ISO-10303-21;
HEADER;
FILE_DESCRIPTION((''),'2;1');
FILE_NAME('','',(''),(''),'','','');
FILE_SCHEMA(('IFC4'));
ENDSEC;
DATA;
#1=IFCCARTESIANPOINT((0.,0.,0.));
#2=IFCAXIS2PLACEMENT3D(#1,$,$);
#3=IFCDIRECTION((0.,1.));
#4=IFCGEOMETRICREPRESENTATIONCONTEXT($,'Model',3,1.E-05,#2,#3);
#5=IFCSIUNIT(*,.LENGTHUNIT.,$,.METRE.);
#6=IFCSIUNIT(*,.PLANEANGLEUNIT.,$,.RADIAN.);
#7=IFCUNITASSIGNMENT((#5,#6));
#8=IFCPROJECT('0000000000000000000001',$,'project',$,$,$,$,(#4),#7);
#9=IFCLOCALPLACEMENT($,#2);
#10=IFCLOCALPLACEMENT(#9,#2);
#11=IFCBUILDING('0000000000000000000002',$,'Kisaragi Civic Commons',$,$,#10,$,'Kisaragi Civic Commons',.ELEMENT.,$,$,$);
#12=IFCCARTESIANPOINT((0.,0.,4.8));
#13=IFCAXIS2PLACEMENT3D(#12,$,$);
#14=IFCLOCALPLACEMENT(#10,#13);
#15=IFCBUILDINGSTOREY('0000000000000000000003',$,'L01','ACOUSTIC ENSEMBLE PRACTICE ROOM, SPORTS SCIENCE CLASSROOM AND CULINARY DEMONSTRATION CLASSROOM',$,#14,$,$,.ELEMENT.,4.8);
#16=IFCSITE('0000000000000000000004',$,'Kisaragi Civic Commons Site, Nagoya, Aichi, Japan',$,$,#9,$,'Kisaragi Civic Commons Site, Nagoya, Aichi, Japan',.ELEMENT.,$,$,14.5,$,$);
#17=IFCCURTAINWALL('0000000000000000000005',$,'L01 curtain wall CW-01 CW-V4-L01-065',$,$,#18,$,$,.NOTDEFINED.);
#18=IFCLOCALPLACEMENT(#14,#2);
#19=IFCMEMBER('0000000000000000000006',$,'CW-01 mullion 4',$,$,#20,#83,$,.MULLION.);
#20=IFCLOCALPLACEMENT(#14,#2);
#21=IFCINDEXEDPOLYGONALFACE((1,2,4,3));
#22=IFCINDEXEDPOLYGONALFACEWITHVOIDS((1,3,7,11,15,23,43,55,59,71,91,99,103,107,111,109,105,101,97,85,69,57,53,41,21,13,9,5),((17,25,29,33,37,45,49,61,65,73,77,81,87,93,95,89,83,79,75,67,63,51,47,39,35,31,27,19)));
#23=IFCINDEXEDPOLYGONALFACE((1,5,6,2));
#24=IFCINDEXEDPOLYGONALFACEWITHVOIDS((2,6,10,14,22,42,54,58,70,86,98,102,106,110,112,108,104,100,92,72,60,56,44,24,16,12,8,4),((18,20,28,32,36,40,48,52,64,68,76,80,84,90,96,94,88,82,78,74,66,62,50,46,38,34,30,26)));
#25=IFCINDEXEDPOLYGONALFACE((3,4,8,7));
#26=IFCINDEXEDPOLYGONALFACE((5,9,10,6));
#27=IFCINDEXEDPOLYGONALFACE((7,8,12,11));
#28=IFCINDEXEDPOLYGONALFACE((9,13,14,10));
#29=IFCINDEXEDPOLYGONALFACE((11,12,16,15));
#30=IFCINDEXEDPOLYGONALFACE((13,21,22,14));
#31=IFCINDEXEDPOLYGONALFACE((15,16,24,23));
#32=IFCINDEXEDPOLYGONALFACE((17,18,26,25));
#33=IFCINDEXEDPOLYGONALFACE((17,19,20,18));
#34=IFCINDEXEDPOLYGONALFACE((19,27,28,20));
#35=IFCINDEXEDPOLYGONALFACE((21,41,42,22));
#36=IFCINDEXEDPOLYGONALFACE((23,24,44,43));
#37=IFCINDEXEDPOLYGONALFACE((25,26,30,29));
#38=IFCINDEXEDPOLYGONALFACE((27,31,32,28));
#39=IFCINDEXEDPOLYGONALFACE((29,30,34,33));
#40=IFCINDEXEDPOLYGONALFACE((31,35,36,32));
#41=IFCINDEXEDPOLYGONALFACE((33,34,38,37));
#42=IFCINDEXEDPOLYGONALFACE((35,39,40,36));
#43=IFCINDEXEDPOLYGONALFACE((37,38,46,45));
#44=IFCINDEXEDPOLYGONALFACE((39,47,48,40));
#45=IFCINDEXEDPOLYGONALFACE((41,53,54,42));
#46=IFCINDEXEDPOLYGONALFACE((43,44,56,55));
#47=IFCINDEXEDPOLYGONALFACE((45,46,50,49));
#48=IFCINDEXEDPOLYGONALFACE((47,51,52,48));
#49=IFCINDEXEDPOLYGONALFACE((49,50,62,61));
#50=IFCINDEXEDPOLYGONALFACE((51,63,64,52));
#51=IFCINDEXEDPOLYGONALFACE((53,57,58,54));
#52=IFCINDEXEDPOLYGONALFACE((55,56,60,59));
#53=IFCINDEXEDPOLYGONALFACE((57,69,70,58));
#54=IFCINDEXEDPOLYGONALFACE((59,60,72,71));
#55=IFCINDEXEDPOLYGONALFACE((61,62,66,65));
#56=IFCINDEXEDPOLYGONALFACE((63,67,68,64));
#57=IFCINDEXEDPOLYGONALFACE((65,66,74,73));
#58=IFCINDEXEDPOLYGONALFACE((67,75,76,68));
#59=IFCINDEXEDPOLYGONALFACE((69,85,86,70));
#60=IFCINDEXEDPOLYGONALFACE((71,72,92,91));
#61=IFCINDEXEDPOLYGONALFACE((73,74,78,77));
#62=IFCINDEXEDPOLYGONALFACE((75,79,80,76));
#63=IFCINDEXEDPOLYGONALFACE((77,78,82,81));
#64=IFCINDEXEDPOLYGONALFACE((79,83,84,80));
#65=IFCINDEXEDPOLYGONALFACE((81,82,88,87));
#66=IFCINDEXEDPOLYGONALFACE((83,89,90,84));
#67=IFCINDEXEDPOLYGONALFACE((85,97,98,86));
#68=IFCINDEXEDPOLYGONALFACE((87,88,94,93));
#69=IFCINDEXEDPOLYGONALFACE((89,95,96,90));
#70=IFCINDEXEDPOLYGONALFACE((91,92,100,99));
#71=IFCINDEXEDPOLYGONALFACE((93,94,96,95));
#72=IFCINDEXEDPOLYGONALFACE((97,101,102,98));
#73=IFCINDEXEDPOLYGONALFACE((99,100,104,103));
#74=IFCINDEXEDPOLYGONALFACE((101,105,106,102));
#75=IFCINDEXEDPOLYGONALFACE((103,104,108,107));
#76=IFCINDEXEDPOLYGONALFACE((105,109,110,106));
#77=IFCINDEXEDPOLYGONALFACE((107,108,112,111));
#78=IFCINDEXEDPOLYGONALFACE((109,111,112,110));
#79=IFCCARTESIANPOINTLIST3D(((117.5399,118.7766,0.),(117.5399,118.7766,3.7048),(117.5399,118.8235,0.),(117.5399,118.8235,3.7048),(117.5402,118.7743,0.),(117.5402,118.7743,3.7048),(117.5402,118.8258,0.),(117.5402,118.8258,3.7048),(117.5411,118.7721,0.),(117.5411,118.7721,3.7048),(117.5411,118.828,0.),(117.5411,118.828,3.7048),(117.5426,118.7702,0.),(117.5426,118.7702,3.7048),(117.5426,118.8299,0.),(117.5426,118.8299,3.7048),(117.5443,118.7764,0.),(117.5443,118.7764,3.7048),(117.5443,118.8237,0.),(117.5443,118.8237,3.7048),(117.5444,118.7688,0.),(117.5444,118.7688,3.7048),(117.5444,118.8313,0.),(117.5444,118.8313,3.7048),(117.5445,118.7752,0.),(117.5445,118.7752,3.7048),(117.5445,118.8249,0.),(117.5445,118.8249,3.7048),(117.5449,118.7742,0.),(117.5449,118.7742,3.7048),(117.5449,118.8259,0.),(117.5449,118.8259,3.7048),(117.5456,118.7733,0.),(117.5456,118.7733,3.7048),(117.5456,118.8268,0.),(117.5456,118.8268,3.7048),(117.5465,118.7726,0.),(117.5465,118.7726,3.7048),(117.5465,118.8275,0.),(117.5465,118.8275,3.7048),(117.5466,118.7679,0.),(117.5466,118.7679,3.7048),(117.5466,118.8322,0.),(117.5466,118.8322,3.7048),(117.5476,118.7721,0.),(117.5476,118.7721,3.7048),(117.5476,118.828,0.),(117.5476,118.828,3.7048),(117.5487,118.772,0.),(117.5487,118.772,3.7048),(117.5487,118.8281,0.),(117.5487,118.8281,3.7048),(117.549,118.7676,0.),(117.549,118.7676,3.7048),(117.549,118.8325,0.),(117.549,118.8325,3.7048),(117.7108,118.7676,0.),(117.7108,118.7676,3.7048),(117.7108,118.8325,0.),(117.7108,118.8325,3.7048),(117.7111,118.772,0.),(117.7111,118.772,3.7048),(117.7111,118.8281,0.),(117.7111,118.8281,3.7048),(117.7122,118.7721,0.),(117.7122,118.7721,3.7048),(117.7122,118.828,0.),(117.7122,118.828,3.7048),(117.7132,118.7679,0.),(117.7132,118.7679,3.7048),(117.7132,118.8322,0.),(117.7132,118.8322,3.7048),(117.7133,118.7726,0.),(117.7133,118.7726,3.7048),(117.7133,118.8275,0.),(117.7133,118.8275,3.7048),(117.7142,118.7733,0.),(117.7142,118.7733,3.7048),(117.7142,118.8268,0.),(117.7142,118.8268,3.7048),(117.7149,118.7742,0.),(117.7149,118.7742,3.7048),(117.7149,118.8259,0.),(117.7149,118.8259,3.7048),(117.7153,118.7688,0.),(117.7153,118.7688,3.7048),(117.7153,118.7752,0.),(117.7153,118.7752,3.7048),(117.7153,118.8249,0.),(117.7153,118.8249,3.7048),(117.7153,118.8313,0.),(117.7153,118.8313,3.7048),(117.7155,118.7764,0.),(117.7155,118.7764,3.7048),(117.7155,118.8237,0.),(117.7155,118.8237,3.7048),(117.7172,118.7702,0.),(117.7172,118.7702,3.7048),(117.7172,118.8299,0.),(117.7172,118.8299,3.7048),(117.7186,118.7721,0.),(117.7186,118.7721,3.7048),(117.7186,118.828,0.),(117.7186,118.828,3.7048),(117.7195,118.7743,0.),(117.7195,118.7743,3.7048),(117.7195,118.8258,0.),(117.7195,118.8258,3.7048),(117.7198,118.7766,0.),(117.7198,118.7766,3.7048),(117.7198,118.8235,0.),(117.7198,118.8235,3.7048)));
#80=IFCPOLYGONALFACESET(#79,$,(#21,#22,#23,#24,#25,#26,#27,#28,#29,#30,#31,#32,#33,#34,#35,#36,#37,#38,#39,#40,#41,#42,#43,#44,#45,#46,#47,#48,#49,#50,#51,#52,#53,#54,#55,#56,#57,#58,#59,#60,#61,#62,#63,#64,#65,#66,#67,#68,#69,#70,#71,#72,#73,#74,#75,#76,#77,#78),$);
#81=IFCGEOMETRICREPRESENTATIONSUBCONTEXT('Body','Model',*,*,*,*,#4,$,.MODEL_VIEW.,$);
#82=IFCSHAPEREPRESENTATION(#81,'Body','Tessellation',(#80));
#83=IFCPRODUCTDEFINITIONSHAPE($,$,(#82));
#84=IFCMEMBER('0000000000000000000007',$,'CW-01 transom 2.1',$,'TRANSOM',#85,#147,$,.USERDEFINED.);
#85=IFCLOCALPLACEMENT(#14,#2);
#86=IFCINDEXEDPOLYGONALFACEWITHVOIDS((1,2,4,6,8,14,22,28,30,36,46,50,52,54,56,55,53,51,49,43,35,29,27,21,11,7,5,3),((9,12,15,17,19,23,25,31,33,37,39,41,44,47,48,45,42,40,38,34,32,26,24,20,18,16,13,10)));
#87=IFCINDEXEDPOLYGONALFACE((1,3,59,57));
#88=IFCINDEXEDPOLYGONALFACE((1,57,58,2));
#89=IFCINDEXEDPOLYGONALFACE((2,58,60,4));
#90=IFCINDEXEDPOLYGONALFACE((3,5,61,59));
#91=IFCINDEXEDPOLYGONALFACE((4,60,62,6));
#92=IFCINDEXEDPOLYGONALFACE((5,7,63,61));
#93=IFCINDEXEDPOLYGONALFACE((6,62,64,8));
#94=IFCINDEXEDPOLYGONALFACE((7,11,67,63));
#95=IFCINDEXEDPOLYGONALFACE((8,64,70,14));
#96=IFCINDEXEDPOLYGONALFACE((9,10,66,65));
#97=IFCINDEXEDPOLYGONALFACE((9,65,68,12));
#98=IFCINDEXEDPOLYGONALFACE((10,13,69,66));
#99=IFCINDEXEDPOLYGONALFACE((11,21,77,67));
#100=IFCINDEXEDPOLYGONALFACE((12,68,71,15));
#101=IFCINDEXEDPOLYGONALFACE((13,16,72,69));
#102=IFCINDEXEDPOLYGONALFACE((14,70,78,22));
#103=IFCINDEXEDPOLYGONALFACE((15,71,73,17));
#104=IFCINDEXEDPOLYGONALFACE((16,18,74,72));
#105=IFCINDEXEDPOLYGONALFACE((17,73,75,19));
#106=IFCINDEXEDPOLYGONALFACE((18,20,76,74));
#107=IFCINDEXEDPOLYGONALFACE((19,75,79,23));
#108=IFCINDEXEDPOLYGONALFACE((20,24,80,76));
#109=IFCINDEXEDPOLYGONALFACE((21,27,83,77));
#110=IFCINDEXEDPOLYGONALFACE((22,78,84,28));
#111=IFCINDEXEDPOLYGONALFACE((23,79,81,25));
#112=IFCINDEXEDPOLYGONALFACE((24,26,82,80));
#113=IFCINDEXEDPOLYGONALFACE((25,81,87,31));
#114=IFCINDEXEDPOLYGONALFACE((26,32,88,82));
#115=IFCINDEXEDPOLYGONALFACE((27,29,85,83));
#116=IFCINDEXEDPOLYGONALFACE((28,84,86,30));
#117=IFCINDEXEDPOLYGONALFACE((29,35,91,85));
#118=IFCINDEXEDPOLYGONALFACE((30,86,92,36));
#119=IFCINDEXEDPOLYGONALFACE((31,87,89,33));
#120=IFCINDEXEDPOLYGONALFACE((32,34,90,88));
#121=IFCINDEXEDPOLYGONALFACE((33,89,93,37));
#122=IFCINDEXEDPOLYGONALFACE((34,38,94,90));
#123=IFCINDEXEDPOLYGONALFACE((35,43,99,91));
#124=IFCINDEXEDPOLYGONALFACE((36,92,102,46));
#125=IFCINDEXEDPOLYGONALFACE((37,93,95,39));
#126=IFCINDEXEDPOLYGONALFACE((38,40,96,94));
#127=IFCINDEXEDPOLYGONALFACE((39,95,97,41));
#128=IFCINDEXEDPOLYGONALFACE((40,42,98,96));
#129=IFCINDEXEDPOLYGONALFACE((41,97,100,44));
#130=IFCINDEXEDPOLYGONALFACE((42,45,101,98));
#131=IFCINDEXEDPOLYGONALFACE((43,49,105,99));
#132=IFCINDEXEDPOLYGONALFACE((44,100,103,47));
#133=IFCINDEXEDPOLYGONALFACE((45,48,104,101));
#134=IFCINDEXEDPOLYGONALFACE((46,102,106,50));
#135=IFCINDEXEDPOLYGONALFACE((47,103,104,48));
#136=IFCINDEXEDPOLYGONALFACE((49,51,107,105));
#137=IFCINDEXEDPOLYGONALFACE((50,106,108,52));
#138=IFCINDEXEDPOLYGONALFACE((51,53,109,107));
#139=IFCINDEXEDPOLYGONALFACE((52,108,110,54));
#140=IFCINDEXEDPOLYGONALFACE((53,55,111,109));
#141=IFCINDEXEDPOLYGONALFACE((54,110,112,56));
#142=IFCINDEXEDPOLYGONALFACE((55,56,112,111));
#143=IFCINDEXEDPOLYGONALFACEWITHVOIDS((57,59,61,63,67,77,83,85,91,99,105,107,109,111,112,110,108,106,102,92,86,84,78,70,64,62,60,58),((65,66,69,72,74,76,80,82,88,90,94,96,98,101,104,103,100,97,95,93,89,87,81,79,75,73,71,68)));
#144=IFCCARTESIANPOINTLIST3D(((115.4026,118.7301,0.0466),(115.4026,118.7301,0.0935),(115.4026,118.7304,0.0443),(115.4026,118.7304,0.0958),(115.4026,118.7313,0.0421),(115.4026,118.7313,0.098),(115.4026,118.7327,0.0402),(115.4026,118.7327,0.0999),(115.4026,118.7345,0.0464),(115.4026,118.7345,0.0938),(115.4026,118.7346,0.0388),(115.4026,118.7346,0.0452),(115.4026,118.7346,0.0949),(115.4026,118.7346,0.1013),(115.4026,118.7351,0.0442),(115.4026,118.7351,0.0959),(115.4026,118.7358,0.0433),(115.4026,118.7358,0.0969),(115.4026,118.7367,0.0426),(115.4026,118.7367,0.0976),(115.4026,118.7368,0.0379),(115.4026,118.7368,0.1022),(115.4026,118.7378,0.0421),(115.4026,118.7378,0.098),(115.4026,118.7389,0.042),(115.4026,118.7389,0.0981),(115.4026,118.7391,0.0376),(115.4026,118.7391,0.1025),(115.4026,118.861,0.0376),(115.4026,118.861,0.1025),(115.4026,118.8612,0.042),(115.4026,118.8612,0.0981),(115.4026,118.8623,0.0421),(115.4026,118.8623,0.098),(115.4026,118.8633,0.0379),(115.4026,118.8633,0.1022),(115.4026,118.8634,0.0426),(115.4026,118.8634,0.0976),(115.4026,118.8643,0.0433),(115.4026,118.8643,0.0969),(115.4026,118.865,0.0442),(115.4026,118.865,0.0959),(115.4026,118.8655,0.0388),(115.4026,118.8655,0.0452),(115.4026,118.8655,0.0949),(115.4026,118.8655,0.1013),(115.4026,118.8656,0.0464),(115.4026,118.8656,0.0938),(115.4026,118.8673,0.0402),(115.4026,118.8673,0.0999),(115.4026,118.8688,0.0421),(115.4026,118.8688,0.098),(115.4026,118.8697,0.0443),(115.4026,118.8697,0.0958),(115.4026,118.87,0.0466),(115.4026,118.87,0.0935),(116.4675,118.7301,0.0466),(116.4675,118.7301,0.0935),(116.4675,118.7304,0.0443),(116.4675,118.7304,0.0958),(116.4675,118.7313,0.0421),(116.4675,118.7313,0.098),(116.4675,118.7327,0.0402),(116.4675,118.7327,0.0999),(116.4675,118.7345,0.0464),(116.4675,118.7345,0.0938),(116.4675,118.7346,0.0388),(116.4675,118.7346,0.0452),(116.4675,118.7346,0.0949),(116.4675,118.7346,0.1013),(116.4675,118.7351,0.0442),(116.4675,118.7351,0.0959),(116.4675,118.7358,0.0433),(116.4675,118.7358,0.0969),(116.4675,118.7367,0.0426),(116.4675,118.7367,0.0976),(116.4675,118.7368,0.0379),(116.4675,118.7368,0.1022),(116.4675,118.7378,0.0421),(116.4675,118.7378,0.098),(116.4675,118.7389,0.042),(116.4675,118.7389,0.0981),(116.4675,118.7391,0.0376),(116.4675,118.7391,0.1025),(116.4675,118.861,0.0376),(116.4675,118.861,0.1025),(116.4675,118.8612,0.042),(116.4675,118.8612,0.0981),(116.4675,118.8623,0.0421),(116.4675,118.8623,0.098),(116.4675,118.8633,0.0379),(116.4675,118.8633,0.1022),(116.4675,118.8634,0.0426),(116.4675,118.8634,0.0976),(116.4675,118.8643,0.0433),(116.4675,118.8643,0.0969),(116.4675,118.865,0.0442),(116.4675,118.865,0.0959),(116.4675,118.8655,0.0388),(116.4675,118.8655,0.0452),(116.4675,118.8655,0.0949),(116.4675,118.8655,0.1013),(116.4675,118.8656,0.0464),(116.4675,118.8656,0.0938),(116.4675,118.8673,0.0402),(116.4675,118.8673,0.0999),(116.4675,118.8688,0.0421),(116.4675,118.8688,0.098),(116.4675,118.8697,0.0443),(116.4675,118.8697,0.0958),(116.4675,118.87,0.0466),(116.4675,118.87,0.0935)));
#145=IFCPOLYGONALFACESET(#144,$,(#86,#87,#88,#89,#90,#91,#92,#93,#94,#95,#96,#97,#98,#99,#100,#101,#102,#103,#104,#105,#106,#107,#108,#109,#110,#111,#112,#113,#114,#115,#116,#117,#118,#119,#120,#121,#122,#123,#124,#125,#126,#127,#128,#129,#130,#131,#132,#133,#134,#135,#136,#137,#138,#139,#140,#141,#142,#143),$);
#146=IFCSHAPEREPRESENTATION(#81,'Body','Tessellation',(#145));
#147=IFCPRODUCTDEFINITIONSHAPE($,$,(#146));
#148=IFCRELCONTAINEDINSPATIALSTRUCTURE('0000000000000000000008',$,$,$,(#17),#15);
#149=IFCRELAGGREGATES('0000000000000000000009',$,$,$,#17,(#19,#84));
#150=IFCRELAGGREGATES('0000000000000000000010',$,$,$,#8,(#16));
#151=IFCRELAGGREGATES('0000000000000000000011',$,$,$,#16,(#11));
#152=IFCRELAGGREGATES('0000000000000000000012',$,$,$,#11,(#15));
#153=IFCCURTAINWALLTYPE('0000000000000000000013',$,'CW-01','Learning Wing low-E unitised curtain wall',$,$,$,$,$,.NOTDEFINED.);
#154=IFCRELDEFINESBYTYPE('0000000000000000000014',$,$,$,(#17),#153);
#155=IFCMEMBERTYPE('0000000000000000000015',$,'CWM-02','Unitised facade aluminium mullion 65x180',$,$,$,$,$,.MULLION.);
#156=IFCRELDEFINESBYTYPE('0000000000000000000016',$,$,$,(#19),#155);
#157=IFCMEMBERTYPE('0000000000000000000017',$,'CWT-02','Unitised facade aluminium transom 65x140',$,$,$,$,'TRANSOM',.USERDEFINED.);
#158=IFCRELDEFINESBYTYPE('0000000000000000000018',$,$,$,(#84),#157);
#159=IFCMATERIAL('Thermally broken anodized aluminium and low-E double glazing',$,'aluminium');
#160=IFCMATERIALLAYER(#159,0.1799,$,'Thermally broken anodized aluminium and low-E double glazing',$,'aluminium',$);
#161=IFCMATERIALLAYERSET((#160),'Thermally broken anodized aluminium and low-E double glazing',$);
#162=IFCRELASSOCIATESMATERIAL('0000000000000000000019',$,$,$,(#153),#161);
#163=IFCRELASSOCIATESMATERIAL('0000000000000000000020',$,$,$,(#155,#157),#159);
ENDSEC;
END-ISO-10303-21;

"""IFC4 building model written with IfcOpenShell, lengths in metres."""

from ifc_helpers import new_model, si_unit, direction, frame, origin, origin_2d, place, context, subcontext, project, spatial, hollow_rectangle, extrude, material, layer, layer_set, material_profile, profile_set, type_object, element, aggregate, save


model = new_model("IFC4")

# Units and contexts
model_context = context("Model", 3, precision=1e-05, world=origin(), true_north=direction((0.0, 1.0)))
body_context = subcontext(model_context, "Body", "Model", "MODEL_VIEW")
ifc_project = project(units=[si_unit("LENGTHUNIT", "METRE"), si_unit("PLANEANGLEUNIT", "RADIAN")], contexts=[model_context])

# Site, building, storey
site_placement = place(None, origin())
site = spatial("IfcSite", under=ifc_project, at=site_placement, Name="Kisaragi Civic Commons Site, Nagoya, Aichi, Japan", LongName="Kisaragi Civic Commons Site, Nagoya, Aichi, Japan", CompositionType="ELEMENT", RefElevation=14.5)
building_placement = place(site_placement, origin())
building = spatial("IfcBuilding", under=site, at=building_placement, Name="Kisaragi Civic Commons", LongName="Kisaragi Civic Commons", CompositionType="ELEMENT")
storey_placement = place(building_placement, frame((0.0, 0.0, 4.8)))
storey = spatial("IfcBuildingStorey", under=building, at=storey_placement, Name="L01", Description="ACOUSTIC ENSEMBLE PRACTICE ROOM, SPORTS SCIENCE CLASSROOM AND CULINARY DEMONSTRATION CLASSROOM", CompositionType="ELEMENT", Elevation=4.8)

# Curtain wall, members
ifc_material_1 = material(Name="Thermally broken anodized aluminium and low-E double glazing", Category="aluminium")
ifc_layer_1 = layer(ifc_material_1, 0.1799, Name="Thermally broken anodized aluminium and low-E double glazing", Category="aluminium")
ifc_layer_set_1 = layer_set([ifc_layer_1], Name="Thermally broken anodized aluminium and low-E double glazing")
curtain_wall_type = type_object("IfcCurtainWallType", Name="CW-01", Description="Learning Wing low-E unitised curtain wall", PredefinedType="NOTDEFINED", material=ifc_layer_set_1)
curtain_wall_placement = place(storey_placement, origin())
curtain_wall = element("IfcCurtainWall", 1, at=curtain_wall_placement, inside=storey, type_object=curtain_wall_type, Name="L01 curtain wall CW-01 CW-V4-L01-065", PredefinedType="NOTDEFINED")
ifc_material_profile_1 = material_profile(ifc_material_1, hollow_rectangle(XDim=0.0649, YDim=0.1799, WallThickness=0.0044, InnerFilletRadius=0.0044, OuterFilletRadius=0.009, at=origin_2d()), Name="CWM-65x180x4.5", Category="aluminium")
ifc_profile_set_1 = profile_set([ifc_material_profile_1], Name="Thermally broken anodized aluminium and low-E double glazing")
member_type_1 = type_object("IfcMemberType", Name="CWM-02", Description="Unitised facade aluminium mullion 65x180", PredefinedType="MULLION", material=ifc_profile_set_1)
member_1_placement = place(storey_placement, frame((117.6299, 118.8, 0.0), z_axis=(0.0, 0.0, 1.0), x_axis=(0.0, 1.0, 0.0)))
member_1 = element("IfcMember", 2, at=member_1_placement, type_object=member_type_1, Name="CW-01 mullion 4", PredefinedType="MULLION", context=body_context, shape_type="SweptSolid", body=[
    extrude(hollow_rectangle(XDim=0.0649, YDim=0.1799, WallThickness=0.0044, InnerFilletRadius=0.0044, OuterFilletRadius=0.009, at=origin_2d()), origin(), (0.0, 0.0, 1.0), 3.7048),
])
ifc_material_profile_2 = material_profile(ifc_material_1, hollow_rectangle(XDim=0.1399, YDim=0.0649, WallThickness=0.0044, InnerFilletRadius=0.0044, OuterFilletRadius=0.009, at=origin_2d()), Name="CWT-65x140x4.5", Category="aluminium")
ifc_profile_set_2 = profile_set([ifc_material_profile_2], Name="Thermally broken anodized aluminium and low-E double glazing")
member_type_2 = type_object("IfcMemberType", Name="CWT-02", Description="Unitised facade aluminium transom 65x140", ElementType="TRANSOM", PredefinedType="USERDEFINED", material=ifc_profile_set_2)
member_2_placement = place(storey_placement, frame((115.4026, 118.8, 0.0701), z_axis=(1.0, 0.0, 0.0), x_axis=(0.0, 1.0, 0.0)))
member_2 = element("IfcMember", 3, at=member_2_placement, type_object=member_type_2, Name="CW-01 transom 2.1", ObjectType="TRANSOM", PredefinedType="USERDEFINED", context=body_context, shape_type="SweptSolid", body=[
    extrude(hollow_rectangle(XDim=0.1399, YDim=0.0649, WallThickness=0.0044, InnerFilletRadius=0.0044, OuterFilletRadius=0.009, at=origin_2d()), origin(), (0.0, 0.0, 1.0), 1.0649),
])
aggregate(curtain_wall, [member_1, member_2])

save(model, "model.ifc")
